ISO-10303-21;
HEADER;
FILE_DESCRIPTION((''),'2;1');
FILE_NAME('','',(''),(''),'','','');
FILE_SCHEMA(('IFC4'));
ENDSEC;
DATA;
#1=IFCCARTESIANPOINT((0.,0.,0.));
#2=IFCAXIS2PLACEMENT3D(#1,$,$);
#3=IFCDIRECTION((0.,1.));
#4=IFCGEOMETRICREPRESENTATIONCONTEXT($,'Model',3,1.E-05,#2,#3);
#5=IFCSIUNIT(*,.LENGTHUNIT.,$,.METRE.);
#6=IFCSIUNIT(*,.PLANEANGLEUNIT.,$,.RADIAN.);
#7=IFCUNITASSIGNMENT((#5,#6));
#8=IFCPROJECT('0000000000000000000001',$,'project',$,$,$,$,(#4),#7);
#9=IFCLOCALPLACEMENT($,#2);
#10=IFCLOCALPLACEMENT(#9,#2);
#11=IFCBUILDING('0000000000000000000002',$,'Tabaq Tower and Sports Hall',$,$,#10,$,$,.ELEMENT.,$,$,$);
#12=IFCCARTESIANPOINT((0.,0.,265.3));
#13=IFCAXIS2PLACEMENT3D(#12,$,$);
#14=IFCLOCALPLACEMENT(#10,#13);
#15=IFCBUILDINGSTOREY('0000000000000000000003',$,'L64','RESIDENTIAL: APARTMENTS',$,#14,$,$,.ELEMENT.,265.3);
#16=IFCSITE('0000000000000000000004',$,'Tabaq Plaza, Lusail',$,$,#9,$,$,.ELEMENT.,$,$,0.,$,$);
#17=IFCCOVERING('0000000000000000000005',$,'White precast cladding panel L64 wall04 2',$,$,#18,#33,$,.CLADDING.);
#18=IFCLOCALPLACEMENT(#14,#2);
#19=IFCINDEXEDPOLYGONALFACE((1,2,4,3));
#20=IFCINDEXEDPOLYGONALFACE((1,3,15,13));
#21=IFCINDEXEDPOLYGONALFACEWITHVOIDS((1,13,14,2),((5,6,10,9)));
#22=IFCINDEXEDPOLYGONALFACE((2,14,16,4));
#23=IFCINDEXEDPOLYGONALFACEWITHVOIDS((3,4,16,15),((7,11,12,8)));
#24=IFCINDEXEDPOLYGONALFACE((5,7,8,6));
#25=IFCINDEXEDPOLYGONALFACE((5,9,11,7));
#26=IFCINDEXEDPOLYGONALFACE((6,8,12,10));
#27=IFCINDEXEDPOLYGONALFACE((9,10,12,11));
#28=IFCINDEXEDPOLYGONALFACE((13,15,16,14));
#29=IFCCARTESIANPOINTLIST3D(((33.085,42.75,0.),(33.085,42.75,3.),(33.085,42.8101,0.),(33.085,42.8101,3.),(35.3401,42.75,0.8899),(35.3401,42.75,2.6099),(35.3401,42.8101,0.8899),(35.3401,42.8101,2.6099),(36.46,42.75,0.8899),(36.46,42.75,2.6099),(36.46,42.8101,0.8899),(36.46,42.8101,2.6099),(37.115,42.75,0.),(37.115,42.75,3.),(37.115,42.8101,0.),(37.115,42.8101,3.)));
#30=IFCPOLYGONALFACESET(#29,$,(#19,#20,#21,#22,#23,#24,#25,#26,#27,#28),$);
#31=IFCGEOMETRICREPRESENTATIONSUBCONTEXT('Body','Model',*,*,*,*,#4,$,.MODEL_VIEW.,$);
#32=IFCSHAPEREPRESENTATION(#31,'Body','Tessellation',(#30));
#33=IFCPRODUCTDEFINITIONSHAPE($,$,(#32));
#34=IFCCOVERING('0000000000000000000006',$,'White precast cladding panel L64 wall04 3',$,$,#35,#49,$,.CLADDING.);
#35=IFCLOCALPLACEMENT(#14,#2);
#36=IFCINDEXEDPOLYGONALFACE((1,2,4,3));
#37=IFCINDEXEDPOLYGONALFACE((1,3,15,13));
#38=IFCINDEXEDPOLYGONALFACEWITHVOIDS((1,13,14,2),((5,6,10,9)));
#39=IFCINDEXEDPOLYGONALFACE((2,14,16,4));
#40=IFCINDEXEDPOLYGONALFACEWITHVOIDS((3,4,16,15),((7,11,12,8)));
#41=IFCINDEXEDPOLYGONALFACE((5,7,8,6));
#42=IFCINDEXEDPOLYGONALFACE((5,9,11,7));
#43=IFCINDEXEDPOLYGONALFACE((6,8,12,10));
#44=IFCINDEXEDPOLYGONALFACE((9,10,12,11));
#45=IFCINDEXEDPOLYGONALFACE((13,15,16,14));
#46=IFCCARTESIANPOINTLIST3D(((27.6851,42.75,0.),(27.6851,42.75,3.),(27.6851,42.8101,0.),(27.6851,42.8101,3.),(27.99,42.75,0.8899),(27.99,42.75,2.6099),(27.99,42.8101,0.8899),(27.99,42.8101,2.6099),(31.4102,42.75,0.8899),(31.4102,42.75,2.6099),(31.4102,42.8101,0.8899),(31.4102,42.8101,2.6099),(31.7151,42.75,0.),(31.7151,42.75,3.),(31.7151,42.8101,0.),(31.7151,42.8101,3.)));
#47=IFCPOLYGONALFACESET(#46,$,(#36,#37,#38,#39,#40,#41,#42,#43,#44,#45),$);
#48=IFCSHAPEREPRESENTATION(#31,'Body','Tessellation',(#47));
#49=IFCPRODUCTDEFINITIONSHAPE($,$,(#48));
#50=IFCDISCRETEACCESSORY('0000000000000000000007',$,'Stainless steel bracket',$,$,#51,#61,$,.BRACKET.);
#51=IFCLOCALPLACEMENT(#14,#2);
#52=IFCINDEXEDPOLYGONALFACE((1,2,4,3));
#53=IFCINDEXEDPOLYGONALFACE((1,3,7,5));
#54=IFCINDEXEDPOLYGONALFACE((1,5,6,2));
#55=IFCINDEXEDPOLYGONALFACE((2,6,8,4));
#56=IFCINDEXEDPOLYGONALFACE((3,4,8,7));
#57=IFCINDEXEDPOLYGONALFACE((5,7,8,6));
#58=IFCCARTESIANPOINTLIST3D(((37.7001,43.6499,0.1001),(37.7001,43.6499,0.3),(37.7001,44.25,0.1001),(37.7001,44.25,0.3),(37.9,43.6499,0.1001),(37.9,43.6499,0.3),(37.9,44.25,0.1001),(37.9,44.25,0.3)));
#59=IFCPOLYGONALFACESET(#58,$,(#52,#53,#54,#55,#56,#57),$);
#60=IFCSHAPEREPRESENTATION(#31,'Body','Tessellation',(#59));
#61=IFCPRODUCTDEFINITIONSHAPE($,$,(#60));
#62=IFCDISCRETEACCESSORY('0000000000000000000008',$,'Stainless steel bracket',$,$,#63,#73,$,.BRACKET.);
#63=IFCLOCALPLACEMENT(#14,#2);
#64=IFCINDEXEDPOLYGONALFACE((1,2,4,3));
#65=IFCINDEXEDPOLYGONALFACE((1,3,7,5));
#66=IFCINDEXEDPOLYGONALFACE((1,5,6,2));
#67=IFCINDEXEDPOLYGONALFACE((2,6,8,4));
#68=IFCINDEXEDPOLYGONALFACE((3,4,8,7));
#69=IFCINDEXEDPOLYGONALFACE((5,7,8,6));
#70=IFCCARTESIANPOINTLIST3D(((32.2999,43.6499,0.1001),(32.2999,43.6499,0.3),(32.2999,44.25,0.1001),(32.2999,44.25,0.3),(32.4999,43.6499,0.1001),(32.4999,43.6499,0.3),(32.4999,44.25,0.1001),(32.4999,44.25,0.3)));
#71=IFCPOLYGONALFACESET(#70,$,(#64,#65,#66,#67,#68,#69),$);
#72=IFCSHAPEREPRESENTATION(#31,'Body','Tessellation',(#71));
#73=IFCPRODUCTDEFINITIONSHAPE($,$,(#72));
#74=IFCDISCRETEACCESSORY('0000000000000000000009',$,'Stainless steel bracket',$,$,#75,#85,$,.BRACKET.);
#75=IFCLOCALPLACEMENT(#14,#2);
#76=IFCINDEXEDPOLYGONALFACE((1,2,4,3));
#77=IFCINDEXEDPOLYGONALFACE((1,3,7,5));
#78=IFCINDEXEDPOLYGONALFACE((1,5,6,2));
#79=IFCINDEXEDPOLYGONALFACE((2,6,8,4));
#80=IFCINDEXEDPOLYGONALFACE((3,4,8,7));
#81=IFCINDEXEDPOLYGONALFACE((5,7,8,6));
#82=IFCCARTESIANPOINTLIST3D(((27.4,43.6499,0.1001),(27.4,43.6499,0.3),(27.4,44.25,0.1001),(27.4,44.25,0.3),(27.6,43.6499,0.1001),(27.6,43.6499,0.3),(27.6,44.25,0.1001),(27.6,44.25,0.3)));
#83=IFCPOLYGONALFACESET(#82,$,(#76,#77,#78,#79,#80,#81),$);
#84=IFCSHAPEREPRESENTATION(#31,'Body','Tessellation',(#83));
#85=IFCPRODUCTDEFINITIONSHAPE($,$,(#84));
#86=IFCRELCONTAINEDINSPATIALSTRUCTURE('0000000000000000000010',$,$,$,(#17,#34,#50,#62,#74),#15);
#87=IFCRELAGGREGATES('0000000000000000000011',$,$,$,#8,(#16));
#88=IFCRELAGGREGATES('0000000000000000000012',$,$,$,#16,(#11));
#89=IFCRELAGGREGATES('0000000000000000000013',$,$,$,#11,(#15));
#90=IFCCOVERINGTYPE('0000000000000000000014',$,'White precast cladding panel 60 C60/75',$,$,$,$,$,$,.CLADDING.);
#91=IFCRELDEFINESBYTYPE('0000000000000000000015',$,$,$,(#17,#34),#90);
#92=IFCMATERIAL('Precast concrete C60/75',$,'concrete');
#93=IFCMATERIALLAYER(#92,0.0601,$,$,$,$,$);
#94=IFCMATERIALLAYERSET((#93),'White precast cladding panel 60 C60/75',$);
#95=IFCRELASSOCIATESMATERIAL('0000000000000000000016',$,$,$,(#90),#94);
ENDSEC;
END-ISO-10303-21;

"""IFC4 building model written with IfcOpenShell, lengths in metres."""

from ifc_helpers import new_model, si_unit, direction, frame, origin, origin_2d, place, context, subcontext, project, spatial, polyline, rectangle, outline, extrude, material, layer, layer_set, type_object, element, save


model = new_model("IFC4")

# Units and contexts
model_context = context("Model", 3, precision=1e-05, world=origin(), true_north=direction((0.0, 1.0)))
body_context = subcontext(model_context, "Body", "Model", "MODEL_VIEW")
ifc_project = project(units=[si_unit("LENGTHUNIT", "METRE"), si_unit("PLANEANGLEUNIT", "RADIAN")], contexts=[model_context])

# Site, building, storey
site_placement = place(None, origin())
site = spatial("IfcSite", under=ifc_project, at=site_placement, Name="Tabaq Plaza, Lusail", CompositionType="ELEMENT", RefElevation=0.0)
building_placement = place(site_placement, origin())
building = spatial("IfcBuilding", under=site, at=building_placement, Name="Tabaq Tower and Sports Hall", CompositionType="ELEMENT")
storey_placement = place(building_placement, frame((0.0, 0.0, 265.3)))
storey = spatial("IfcBuildingStorey", under=building, at=storey_placement, Name="L64", Description="RESIDENTIAL: APARTMENTS", CompositionType="ELEMENT", Elevation=265.3)

# Coverings
ifc_material_1 = material(Name="Precast concrete C60/75", Category="concrete")
ifc_layer_1 = layer(ifc_material_1, 0.0601)
ifc_layer_set_1 = layer_set([ifc_layer_1], Name="White precast cladding panel 60 C60/75")
covering_type_1 = type_object("IfcCoveringType", Name="White precast cladding panel 60 C60/75", PredefinedType="CLADDING", material=ifc_layer_set_1)
covering_1_placement = place(storey_placement, frame((37.115, 42.78, 0.0), z_axis=(0.0, 0.0, 1.0), x_axis=(-1.0, 0.0, 0.0)))
element("IfcCovering", 1, at=covering_1_placement, inside=storey, type_object=covering_type_1, Name="White precast cladding panel L64 wall04 2", PredefinedType="CLADDING", context=body_context, shape_type="SweptSolid", body=[
    extrude(outline(polyline([(0.0, 0.0), (4.03, 0.0), (4.03, 3.0), (0.0, 3.0), (0.0, 0.0)]), holes=[polyline([(0.655, 0.8899), (0.655, 2.6099), (1.7749, 2.6099), (1.7749, 0.8899), (0.655, 0.8899)])]), frame((0.0, 0.03, 0.0), z_axis=(0.0, -1.0, 0.0), x_axis=(1.0, 0.0, 0.0)), (0.0, 0.0, 1.0), 0.0601),
])
covering_2_placement = place(storey_placement, frame((31.7151, 42.78, 0.0), z_axis=(0.0, 0.0, 1.0), x_axis=(-1.0, 0.0, 0.0)))
element("IfcCovering", 2, at=covering_2_placement, inside=storey, type_object=covering_type_1, Name="White precast cladding panel L64 wall04 3", PredefinedType="CLADDING", context=body_context, shape_type="SweptSolid", body=[
    extrude(outline(polyline([(0.0, 0.0), (4.03, 0.0), (4.03, 3.0), (0.0, 3.0), (0.0, 0.0)]), holes=[polyline([(0.3049, 0.8899), (0.3049, 2.6099), (3.7251, 2.6099), (3.7251, 0.8899), (0.3049, 0.8899)])]), frame((0.0, 0.03, 0.0), z_axis=(0.0, -1.0, 0.0), x_axis=(1.0, 0.0, 0.0)), (0.0, 0.0, 1.0), 0.0601),
])

# Discrete accessories
for number, where, z_axis, x_axis, name in (
    (3, (37.8, 43.95, 0.1001), (0.0, 0.0, 1.0), (0.0, 1.0, 0.0), "Stainless steel bracket"),
    (4, (32.3999, 43.95, 0.1001), (0.0, 0.0, 1.0), (0.0, 1.0, 0.0), "Stainless steel bracket"),
    (5, (27.5, 43.95, 0.1001), (0.0, 0.0, 1.0), (0.0, 1.0, 0.0), "Stainless steel bracket"),
):
    element("IfcDiscreteAccessory", number, at=place(storey_placement, frame(where, z_axis=z_axis, x_axis=x_axis)), inside=storey, Name=name, PredefinedType="BRACKET", context=body_context, shape_type="SweptSolid", body=[
        extrude(rectangle(XDim=0.6001, YDim=0.2, at=origin_2d()), origin(), (0.0, 0.0, 1.0), 0.2),
    ])

save(model, "model.ifc")
